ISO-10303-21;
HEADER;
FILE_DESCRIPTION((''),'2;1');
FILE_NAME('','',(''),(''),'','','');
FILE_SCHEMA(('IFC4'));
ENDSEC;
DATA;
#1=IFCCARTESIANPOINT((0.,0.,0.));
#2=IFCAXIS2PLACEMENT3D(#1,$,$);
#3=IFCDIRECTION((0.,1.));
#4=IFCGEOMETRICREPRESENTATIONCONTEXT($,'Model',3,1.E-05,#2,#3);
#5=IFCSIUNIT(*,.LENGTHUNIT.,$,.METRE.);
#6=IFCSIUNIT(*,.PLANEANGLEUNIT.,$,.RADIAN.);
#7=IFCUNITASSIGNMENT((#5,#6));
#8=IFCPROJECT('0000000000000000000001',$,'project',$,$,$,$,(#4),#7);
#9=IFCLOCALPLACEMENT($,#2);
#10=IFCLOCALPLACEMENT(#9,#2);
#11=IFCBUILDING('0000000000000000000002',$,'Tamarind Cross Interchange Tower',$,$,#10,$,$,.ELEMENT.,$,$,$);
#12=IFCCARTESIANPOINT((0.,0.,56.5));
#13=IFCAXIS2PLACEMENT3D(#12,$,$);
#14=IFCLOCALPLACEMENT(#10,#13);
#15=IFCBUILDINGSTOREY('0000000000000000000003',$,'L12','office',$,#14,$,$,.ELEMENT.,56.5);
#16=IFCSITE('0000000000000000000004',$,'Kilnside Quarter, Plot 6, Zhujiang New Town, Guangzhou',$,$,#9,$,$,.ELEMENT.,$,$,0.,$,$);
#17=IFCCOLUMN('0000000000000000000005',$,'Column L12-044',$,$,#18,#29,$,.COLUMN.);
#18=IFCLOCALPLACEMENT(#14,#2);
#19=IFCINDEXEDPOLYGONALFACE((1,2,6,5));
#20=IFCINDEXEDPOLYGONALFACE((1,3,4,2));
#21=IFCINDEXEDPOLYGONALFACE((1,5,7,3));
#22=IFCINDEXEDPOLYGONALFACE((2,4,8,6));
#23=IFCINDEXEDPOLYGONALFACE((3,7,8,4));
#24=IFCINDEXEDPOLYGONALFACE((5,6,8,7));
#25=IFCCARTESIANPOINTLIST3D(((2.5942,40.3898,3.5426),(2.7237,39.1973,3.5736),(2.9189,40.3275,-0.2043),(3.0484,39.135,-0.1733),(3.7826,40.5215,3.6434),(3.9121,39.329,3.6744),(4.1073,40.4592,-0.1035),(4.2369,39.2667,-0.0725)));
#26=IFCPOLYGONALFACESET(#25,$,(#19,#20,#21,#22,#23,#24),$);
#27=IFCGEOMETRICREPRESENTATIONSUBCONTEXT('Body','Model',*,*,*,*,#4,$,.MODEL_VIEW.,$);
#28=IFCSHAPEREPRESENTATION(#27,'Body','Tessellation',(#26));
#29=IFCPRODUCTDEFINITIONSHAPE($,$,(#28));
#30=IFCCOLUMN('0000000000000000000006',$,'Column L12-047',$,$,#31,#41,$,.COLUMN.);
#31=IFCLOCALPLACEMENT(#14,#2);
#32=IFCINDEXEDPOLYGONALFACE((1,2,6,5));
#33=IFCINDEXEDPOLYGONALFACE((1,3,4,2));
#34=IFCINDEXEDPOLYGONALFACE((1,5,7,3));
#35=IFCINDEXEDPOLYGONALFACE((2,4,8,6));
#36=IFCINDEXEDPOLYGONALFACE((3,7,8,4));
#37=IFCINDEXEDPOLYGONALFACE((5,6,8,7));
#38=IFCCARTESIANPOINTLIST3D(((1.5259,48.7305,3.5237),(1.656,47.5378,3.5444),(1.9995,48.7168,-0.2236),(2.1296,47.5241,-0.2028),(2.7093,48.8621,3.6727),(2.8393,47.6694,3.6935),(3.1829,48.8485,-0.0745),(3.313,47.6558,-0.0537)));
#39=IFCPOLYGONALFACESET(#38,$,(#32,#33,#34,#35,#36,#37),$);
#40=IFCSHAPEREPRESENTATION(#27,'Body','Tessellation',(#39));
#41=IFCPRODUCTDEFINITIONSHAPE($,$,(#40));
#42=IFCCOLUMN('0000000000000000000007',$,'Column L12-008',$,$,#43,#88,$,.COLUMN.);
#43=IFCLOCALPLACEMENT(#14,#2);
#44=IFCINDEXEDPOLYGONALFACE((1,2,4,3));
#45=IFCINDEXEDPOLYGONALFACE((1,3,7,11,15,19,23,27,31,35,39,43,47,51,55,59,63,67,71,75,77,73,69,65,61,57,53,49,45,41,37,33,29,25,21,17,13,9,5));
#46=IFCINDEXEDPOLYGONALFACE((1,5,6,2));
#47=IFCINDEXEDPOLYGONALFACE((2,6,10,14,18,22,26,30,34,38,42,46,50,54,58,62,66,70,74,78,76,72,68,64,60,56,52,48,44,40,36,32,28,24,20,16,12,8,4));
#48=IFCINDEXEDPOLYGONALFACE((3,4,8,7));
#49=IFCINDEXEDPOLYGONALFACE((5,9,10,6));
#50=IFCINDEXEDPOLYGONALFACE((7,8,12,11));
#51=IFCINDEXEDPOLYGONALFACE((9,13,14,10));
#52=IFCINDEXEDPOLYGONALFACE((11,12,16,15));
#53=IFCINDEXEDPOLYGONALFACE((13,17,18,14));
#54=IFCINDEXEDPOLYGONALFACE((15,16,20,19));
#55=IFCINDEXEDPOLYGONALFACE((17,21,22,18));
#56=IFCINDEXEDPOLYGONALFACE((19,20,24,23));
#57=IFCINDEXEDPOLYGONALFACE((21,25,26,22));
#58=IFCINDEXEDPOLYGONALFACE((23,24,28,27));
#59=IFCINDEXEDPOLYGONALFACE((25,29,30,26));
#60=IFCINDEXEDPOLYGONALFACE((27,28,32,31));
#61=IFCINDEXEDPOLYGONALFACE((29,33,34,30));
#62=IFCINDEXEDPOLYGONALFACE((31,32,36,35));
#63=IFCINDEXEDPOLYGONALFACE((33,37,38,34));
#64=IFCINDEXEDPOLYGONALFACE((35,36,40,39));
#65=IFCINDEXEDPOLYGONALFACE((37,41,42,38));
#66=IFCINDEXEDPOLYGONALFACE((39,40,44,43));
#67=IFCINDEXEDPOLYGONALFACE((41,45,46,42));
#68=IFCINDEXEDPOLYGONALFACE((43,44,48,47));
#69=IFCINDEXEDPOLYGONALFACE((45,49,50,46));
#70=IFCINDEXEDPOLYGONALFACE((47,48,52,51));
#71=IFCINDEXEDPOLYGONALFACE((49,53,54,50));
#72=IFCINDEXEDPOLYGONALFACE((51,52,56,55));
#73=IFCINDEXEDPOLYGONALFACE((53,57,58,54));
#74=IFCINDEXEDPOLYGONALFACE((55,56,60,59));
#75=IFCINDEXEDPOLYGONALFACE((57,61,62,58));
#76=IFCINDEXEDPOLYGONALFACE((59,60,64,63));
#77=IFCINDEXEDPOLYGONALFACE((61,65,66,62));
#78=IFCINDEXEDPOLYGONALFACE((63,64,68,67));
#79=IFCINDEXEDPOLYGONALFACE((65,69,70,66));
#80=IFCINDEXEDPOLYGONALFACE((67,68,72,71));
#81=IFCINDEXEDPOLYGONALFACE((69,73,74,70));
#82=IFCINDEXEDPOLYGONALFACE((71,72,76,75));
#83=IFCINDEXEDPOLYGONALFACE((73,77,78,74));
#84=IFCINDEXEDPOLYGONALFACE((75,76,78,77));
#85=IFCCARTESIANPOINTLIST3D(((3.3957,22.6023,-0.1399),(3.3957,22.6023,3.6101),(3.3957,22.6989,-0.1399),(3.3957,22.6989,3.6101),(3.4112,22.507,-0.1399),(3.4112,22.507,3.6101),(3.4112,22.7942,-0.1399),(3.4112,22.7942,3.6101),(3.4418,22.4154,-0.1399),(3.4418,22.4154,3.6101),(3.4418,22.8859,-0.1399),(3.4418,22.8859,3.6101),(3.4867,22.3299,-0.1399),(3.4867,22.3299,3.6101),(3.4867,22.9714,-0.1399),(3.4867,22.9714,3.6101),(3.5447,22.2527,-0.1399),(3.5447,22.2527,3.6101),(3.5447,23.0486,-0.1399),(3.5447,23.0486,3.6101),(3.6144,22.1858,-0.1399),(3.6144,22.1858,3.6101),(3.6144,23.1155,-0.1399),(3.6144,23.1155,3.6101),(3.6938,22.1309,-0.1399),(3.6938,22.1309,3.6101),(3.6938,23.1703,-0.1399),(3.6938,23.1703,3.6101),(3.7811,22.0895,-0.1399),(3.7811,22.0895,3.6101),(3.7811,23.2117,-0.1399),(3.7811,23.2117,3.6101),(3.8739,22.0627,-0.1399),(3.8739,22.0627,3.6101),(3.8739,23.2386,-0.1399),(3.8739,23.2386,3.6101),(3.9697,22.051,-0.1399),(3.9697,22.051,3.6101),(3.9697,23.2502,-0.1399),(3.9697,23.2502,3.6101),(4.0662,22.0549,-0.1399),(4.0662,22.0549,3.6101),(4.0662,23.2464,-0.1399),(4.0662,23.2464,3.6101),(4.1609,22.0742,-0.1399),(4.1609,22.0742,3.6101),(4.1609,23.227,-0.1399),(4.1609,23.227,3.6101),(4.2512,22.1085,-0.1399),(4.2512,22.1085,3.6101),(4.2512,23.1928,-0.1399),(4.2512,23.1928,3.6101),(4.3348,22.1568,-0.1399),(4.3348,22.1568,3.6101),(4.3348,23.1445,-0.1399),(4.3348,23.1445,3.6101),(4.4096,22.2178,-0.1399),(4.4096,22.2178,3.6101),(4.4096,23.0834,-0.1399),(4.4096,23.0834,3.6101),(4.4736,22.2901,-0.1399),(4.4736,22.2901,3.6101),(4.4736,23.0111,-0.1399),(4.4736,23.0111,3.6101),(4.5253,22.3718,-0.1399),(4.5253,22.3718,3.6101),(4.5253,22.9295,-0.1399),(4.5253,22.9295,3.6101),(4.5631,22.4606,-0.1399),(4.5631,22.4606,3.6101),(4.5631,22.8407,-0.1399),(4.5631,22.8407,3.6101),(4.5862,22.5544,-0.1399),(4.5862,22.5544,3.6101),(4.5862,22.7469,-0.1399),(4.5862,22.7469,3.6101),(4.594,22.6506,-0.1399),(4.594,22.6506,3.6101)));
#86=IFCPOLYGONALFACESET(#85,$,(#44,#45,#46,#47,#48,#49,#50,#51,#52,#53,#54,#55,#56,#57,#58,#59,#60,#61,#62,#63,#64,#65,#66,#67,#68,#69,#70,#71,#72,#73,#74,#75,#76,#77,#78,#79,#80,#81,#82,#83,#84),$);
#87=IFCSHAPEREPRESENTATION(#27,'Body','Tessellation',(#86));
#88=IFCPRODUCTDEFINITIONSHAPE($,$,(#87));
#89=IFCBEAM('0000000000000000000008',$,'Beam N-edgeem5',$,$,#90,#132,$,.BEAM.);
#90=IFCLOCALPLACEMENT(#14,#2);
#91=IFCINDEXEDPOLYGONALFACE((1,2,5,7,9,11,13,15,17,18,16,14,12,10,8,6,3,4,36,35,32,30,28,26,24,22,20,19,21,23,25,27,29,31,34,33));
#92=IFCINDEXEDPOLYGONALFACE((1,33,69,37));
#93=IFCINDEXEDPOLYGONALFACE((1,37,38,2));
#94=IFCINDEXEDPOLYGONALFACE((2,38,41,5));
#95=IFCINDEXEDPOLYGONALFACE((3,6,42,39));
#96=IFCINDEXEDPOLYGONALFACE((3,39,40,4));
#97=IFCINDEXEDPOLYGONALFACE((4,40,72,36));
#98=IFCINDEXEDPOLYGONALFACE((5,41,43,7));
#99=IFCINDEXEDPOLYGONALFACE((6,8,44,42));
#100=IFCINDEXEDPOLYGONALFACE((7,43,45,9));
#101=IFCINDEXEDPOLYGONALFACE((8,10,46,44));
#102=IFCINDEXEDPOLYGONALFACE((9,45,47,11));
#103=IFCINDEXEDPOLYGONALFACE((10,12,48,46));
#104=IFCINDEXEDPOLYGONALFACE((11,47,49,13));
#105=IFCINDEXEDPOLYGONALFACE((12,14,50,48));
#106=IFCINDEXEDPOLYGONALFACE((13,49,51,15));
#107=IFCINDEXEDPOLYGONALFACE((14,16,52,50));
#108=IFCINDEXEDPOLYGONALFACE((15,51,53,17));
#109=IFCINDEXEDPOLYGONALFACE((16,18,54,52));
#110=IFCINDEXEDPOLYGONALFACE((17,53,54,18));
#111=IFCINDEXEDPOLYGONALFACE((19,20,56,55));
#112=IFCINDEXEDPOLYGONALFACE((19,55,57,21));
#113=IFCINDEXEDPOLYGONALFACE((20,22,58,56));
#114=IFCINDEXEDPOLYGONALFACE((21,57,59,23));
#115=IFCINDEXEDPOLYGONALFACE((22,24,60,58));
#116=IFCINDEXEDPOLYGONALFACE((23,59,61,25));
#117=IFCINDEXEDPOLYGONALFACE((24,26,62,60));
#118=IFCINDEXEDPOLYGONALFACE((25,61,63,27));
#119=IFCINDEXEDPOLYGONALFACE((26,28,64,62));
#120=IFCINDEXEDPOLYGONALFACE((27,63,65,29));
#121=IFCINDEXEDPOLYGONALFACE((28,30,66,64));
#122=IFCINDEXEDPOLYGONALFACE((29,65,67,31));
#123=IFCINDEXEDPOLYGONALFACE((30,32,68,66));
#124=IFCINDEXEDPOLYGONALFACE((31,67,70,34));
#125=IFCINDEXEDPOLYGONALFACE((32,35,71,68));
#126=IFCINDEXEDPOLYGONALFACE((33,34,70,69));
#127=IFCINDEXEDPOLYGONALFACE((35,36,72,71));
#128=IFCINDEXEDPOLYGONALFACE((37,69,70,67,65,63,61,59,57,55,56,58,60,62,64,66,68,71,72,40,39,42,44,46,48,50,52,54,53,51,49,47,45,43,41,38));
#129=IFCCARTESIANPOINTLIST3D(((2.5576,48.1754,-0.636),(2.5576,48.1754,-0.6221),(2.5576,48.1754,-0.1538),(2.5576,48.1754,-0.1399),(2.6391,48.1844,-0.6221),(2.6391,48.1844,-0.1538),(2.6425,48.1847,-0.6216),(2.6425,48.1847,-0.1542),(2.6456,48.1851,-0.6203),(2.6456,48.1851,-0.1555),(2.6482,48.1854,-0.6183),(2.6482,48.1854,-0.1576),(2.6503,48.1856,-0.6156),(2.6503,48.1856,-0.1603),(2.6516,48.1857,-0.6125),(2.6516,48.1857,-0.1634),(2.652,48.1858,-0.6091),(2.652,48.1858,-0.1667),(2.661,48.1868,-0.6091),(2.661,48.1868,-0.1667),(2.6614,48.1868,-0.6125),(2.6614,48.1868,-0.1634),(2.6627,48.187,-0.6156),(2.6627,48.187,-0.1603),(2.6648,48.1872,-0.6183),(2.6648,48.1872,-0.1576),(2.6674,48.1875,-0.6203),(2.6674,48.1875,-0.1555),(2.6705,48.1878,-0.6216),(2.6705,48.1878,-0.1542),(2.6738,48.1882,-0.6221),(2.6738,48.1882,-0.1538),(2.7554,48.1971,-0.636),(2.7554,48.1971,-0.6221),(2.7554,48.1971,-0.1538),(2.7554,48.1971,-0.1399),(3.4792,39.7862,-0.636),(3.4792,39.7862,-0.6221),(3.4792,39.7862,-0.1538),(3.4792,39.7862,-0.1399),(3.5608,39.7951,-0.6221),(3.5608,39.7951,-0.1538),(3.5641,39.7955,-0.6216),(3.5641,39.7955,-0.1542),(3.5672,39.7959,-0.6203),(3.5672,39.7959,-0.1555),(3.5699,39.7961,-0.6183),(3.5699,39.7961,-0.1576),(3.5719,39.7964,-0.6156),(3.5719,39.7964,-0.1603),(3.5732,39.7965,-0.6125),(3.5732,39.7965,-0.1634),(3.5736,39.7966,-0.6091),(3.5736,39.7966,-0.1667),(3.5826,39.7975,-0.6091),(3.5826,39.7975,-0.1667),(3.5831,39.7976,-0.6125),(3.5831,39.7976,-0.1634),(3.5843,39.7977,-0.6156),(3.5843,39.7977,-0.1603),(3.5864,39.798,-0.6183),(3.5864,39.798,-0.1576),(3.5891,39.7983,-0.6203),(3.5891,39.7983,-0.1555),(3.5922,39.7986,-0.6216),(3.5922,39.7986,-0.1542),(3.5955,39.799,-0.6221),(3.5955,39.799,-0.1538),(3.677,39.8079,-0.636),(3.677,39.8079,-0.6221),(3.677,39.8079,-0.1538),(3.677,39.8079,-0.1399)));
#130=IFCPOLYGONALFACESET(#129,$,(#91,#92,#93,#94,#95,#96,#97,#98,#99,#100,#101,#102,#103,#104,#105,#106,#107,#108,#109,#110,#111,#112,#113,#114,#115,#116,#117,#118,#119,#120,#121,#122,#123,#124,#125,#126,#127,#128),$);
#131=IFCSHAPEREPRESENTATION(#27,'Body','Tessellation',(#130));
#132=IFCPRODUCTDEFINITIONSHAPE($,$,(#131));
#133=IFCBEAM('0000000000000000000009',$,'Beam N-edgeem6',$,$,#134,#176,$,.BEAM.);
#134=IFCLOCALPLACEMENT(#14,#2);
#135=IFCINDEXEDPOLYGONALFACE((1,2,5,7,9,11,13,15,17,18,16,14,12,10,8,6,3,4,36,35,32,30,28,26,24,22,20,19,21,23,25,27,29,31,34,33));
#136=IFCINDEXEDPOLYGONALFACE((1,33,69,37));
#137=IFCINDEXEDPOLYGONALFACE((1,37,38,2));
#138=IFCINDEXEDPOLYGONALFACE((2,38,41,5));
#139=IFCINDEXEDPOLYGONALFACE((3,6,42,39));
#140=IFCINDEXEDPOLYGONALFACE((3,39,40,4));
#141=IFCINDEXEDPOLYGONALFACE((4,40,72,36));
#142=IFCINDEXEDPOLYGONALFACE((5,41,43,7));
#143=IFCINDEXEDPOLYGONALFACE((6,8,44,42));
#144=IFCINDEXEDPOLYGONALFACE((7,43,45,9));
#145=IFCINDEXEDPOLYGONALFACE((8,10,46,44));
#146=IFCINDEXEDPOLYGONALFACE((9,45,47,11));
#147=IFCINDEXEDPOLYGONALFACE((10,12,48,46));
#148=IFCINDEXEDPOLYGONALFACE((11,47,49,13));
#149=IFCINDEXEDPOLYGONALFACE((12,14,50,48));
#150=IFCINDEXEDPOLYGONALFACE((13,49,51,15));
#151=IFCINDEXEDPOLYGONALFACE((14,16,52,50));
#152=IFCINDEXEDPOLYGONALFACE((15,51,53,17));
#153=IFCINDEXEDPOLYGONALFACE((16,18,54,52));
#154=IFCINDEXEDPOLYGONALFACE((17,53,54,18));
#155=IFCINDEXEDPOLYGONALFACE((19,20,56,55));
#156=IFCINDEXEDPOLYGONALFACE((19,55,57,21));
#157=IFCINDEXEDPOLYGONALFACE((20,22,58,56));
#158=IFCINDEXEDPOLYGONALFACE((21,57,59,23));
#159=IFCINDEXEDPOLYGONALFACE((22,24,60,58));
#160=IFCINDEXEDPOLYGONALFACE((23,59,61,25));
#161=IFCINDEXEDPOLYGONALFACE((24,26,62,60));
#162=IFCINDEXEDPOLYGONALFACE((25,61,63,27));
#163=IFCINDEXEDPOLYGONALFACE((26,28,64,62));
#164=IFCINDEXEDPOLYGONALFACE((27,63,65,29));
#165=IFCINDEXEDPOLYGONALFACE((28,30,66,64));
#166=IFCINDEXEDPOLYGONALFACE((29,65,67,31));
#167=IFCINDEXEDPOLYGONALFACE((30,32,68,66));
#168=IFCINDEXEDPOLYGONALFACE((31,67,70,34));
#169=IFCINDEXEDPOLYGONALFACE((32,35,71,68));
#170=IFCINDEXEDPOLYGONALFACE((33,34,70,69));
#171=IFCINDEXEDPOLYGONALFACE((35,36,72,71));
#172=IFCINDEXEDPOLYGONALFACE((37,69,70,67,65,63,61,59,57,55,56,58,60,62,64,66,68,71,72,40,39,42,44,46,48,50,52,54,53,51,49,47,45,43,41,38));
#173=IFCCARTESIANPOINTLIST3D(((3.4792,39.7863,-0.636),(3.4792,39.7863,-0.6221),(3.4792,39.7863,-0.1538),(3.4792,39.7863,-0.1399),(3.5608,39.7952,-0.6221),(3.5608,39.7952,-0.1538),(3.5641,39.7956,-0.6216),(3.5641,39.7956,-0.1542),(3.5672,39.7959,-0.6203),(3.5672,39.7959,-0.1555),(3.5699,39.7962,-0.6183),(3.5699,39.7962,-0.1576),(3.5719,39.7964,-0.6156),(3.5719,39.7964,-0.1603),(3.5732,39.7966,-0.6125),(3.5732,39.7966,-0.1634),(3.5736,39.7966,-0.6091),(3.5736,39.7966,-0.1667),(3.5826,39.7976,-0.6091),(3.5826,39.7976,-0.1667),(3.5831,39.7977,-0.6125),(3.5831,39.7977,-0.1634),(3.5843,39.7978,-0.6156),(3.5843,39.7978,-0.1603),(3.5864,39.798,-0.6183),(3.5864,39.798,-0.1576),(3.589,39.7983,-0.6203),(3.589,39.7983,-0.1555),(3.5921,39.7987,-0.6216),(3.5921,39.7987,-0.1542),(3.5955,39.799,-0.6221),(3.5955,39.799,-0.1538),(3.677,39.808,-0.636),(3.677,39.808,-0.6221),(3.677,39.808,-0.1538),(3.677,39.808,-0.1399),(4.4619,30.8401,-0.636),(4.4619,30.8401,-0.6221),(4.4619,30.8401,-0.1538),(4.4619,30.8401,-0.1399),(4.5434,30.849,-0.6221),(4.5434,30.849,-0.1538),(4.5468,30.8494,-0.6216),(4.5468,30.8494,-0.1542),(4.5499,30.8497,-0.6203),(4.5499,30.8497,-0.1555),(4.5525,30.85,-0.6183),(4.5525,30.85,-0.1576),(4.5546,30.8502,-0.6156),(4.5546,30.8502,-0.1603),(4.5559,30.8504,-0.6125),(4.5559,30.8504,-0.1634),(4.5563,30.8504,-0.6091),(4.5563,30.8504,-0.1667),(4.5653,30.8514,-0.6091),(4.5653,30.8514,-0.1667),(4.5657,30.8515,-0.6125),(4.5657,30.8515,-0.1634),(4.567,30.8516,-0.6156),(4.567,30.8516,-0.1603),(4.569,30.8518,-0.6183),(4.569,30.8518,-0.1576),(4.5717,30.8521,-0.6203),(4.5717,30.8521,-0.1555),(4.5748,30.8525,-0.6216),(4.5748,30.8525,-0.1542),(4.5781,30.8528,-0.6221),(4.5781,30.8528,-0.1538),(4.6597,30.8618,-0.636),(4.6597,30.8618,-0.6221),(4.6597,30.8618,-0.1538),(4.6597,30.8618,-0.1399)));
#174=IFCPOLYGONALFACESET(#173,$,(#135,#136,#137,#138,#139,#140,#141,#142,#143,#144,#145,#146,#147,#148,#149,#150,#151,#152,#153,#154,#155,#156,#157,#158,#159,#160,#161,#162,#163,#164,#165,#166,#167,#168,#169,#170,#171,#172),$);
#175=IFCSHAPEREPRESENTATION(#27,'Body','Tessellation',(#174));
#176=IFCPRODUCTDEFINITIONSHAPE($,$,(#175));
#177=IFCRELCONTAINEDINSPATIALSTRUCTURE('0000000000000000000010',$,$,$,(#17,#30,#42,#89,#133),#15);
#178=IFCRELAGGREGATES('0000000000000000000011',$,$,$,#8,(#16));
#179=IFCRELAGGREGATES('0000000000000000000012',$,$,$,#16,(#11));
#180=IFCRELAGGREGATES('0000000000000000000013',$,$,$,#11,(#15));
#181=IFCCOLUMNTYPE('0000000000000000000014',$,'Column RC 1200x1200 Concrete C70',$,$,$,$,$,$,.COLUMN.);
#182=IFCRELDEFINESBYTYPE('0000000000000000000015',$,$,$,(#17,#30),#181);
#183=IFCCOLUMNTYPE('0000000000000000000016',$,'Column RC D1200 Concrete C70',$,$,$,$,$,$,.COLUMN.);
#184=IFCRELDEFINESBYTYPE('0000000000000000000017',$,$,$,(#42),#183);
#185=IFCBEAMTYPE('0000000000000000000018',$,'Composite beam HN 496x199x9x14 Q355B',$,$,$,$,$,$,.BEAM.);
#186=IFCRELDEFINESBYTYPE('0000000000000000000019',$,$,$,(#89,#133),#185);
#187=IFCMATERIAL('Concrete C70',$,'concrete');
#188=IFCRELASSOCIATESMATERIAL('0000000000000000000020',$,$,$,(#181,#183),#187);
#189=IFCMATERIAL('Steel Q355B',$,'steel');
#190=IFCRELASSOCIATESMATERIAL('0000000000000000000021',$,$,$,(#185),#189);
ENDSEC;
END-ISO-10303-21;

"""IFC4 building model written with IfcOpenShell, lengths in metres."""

from ifc_helpers import new_model, si_unit, direction, frame, origin, origin_2d, place, context, subcontext, project, spatial, rectangle, circle, i_section, extrude, material, material_profile, profile_set, type_object, element, save


model = new_model("IFC4")

# Units and contexts
model_context = context("Model", 3, precision=1e-05, world=origin(), true_north=direction((0.0, 1.0)))
body_context = subcontext(model_context, "Body", "Model", "MODEL_VIEW")
ifc_project = project(units=[si_unit("LENGTHUNIT", "METRE"), si_unit("PLANEANGLEUNIT", "RADIAN")], contexts=[model_context])

# Site, building, storey
site_placement = place(None, origin())
site = spatial("IfcSite", under=ifc_project, at=site_placement, Name="Kilnside Quarter, Plot 6, Zhujiang New Town, Guangzhou", CompositionType="ELEMENT", RefElevation=0.0)
building_placement = place(site_placement, origin())
building = spatial("IfcBuilding", under=site, at=building_placement, Name="Tamarind Cross Interchange Tower", CompositionType="ELEMENT")
storey_placement = place(building_placement, frame((0.0, 0.0, 56.5)))
storey = spatial("IfcBuildingStorey", under=building, at=storey_placement, Name="L12", Description="office", CompositionType="ELEMENT", Elevation=56.5)

# Columns
ifc_material_1 = material(Name="Concrete C70", Category="concrete")
ifc_material_profile_1 = material_profile(ifc_material_1, rectangle(XDim=1.2, YDim=1.2, at=origin_2d()), Name="RC 1200x1200")
ifc_profile_set_1 = profile_set([ifc_material_profile_1], Name="Concrete C70")
column_type_1 = type_object("IfcColumnType", Name="Column RC 1200x1200 Concrete C70", PredefinedType="COLUMN", material=ifc_profile_set_1)
column_1_placement = place(storey_placement, frame((3.5779, 39.7971, -0.1384), z_axis=(-0.086326, 0.016551, 0.996129), x_axis=(0.10793, -0.993822, 0.025866)))
element("IfcColumn", 1, at=column_1_placement, inside=storey, type_object=column_type_1, Name="Column L12-044", PredefinedType="COLUMN", context=body_context, shape_type="SweptSolid", body=[
    extrude(rectangle(XDim=1.2, YDim=1.2, at=origin_2d()), origin(), (0.0, 0.0, 1.0), 3.7615),
])
column_2_placement = place(storey_placement, frame((2.6562, 48.1863, -0.1387), z_axis=(-0.125394, 0.00362, 0.9921), x_axis=(0.108401, -0.993956, 0.017328)))
element("IfcColumn", 2, at=column_2_placement, inside=storey, type_object=column_type_1, Name="Column L12-047", PredefinedType="COLUMN", context=body_context, shape_type="SweptSolid", body=[
    extrude(rectangle(XDim=1.2, YDim=1.2, at=origin_2d()), origin(), (0.0, 0.0, 1.0), 3.7771),
])
ifc_material_profile_2 = material_profile(ifc_material_1, circle(Radius=0.6001, at=origin_2d()), Name="RC D1200")
ifc_profile_set_2 = profile_set([ifc_material_profile_2], Name="Concrete C70")
column_type_2 = type_object("IfcColumnType", Name="Column RC D1200 Concrete C70", PredefinedType="COLUMN", material=ifc_profile_set_2)
column_3_placement = place(storey_placement, frame((3.9939, 22.6506, -0.1399), z_axis=(0.0, 0.0, 1.0), x_axis=(1.0, 0.0, 0.0)))
element("IfcColumn", 3, at=column_3_placement, inside=storey, type_object=column_type_2, Name="Column L12-008", PredefinedType="COLUMN", context=body_context, shape_type="SweptSolid", body=[
    extrude(circle(Radius=0.6001, at=origin_2d()), origin(), (0.0, 0.0, 1.0), 3.75),
])

# Beams
ifc_material_2 = material(Name="Steel Q355B", Category="steel")
ifc_material_profile_3 = material_profile(ifc_material_2, i_section(OverallWidth=0.199, OverallDepth=0.4961, WebThickness=0.009, FlangeThickness=0.0139, FilletRadius=0.0129, at=origin_2d()), Name="HN 496x199x9x14")
ifc_profile_set_3 = profile_set([ifc_material_profile_3], Name="Steel Q355B")
beam_type_1 = type_object("IfcBeamType", Name="Composite beam HN 496x199x9x14 Q355B", PredefinedType="BEAM", material=ifc_profile_set_3)
beam_1_placement = place(storey_placement, frame((2.6565, 48.1863, -0.3879), z_axis=(0.109203, -0.99402, 0.0), x_axis=(0.99402, 0.109203, 0.0)))
element("IfcBeam", 4, at=beam_1_placement, inside=storey, type_object=beam_type_1, Name="Beam N-edgeem5", PredefinedType="BEAM", context=body_context, shape_type="SweptSolid", body=[
    extrude(i_section(OverallWidth=0.199, OverallDepth=0.4961, WebThickness=0.009, FlangeThickness=0.0139, FilletRadius=0.0129, at=origin_2d()), origin(), (0.0, 0.0, 1.0), 8.4397),
])
beam_2_placement = place(storey_placement, frame((3.5781, 39.7971, -0.3879), z_axis=(0.109184, -0.994022, 0.0), x_axis=(0.994022, 0.109184, 0.0)))
element("IfcBeam", 5, at=beam_2_placement, inside=storey, type_object=beam_type_1, Name="Beam N-edgeem6", PredefinedType="BEAM", context=body_context, shape_type="SweptSolid", body=[
    extrude(i_section(OverallWidth=0.199, OverallDepth=0.4961, WebThickness=0.009, FlangeThickness=0.0139, FilletRadius=0.0129, at=origin_2d()), origin(), (0.0, 0.0, 1.0), 9.0),
])

save(model, "model.ifc")
